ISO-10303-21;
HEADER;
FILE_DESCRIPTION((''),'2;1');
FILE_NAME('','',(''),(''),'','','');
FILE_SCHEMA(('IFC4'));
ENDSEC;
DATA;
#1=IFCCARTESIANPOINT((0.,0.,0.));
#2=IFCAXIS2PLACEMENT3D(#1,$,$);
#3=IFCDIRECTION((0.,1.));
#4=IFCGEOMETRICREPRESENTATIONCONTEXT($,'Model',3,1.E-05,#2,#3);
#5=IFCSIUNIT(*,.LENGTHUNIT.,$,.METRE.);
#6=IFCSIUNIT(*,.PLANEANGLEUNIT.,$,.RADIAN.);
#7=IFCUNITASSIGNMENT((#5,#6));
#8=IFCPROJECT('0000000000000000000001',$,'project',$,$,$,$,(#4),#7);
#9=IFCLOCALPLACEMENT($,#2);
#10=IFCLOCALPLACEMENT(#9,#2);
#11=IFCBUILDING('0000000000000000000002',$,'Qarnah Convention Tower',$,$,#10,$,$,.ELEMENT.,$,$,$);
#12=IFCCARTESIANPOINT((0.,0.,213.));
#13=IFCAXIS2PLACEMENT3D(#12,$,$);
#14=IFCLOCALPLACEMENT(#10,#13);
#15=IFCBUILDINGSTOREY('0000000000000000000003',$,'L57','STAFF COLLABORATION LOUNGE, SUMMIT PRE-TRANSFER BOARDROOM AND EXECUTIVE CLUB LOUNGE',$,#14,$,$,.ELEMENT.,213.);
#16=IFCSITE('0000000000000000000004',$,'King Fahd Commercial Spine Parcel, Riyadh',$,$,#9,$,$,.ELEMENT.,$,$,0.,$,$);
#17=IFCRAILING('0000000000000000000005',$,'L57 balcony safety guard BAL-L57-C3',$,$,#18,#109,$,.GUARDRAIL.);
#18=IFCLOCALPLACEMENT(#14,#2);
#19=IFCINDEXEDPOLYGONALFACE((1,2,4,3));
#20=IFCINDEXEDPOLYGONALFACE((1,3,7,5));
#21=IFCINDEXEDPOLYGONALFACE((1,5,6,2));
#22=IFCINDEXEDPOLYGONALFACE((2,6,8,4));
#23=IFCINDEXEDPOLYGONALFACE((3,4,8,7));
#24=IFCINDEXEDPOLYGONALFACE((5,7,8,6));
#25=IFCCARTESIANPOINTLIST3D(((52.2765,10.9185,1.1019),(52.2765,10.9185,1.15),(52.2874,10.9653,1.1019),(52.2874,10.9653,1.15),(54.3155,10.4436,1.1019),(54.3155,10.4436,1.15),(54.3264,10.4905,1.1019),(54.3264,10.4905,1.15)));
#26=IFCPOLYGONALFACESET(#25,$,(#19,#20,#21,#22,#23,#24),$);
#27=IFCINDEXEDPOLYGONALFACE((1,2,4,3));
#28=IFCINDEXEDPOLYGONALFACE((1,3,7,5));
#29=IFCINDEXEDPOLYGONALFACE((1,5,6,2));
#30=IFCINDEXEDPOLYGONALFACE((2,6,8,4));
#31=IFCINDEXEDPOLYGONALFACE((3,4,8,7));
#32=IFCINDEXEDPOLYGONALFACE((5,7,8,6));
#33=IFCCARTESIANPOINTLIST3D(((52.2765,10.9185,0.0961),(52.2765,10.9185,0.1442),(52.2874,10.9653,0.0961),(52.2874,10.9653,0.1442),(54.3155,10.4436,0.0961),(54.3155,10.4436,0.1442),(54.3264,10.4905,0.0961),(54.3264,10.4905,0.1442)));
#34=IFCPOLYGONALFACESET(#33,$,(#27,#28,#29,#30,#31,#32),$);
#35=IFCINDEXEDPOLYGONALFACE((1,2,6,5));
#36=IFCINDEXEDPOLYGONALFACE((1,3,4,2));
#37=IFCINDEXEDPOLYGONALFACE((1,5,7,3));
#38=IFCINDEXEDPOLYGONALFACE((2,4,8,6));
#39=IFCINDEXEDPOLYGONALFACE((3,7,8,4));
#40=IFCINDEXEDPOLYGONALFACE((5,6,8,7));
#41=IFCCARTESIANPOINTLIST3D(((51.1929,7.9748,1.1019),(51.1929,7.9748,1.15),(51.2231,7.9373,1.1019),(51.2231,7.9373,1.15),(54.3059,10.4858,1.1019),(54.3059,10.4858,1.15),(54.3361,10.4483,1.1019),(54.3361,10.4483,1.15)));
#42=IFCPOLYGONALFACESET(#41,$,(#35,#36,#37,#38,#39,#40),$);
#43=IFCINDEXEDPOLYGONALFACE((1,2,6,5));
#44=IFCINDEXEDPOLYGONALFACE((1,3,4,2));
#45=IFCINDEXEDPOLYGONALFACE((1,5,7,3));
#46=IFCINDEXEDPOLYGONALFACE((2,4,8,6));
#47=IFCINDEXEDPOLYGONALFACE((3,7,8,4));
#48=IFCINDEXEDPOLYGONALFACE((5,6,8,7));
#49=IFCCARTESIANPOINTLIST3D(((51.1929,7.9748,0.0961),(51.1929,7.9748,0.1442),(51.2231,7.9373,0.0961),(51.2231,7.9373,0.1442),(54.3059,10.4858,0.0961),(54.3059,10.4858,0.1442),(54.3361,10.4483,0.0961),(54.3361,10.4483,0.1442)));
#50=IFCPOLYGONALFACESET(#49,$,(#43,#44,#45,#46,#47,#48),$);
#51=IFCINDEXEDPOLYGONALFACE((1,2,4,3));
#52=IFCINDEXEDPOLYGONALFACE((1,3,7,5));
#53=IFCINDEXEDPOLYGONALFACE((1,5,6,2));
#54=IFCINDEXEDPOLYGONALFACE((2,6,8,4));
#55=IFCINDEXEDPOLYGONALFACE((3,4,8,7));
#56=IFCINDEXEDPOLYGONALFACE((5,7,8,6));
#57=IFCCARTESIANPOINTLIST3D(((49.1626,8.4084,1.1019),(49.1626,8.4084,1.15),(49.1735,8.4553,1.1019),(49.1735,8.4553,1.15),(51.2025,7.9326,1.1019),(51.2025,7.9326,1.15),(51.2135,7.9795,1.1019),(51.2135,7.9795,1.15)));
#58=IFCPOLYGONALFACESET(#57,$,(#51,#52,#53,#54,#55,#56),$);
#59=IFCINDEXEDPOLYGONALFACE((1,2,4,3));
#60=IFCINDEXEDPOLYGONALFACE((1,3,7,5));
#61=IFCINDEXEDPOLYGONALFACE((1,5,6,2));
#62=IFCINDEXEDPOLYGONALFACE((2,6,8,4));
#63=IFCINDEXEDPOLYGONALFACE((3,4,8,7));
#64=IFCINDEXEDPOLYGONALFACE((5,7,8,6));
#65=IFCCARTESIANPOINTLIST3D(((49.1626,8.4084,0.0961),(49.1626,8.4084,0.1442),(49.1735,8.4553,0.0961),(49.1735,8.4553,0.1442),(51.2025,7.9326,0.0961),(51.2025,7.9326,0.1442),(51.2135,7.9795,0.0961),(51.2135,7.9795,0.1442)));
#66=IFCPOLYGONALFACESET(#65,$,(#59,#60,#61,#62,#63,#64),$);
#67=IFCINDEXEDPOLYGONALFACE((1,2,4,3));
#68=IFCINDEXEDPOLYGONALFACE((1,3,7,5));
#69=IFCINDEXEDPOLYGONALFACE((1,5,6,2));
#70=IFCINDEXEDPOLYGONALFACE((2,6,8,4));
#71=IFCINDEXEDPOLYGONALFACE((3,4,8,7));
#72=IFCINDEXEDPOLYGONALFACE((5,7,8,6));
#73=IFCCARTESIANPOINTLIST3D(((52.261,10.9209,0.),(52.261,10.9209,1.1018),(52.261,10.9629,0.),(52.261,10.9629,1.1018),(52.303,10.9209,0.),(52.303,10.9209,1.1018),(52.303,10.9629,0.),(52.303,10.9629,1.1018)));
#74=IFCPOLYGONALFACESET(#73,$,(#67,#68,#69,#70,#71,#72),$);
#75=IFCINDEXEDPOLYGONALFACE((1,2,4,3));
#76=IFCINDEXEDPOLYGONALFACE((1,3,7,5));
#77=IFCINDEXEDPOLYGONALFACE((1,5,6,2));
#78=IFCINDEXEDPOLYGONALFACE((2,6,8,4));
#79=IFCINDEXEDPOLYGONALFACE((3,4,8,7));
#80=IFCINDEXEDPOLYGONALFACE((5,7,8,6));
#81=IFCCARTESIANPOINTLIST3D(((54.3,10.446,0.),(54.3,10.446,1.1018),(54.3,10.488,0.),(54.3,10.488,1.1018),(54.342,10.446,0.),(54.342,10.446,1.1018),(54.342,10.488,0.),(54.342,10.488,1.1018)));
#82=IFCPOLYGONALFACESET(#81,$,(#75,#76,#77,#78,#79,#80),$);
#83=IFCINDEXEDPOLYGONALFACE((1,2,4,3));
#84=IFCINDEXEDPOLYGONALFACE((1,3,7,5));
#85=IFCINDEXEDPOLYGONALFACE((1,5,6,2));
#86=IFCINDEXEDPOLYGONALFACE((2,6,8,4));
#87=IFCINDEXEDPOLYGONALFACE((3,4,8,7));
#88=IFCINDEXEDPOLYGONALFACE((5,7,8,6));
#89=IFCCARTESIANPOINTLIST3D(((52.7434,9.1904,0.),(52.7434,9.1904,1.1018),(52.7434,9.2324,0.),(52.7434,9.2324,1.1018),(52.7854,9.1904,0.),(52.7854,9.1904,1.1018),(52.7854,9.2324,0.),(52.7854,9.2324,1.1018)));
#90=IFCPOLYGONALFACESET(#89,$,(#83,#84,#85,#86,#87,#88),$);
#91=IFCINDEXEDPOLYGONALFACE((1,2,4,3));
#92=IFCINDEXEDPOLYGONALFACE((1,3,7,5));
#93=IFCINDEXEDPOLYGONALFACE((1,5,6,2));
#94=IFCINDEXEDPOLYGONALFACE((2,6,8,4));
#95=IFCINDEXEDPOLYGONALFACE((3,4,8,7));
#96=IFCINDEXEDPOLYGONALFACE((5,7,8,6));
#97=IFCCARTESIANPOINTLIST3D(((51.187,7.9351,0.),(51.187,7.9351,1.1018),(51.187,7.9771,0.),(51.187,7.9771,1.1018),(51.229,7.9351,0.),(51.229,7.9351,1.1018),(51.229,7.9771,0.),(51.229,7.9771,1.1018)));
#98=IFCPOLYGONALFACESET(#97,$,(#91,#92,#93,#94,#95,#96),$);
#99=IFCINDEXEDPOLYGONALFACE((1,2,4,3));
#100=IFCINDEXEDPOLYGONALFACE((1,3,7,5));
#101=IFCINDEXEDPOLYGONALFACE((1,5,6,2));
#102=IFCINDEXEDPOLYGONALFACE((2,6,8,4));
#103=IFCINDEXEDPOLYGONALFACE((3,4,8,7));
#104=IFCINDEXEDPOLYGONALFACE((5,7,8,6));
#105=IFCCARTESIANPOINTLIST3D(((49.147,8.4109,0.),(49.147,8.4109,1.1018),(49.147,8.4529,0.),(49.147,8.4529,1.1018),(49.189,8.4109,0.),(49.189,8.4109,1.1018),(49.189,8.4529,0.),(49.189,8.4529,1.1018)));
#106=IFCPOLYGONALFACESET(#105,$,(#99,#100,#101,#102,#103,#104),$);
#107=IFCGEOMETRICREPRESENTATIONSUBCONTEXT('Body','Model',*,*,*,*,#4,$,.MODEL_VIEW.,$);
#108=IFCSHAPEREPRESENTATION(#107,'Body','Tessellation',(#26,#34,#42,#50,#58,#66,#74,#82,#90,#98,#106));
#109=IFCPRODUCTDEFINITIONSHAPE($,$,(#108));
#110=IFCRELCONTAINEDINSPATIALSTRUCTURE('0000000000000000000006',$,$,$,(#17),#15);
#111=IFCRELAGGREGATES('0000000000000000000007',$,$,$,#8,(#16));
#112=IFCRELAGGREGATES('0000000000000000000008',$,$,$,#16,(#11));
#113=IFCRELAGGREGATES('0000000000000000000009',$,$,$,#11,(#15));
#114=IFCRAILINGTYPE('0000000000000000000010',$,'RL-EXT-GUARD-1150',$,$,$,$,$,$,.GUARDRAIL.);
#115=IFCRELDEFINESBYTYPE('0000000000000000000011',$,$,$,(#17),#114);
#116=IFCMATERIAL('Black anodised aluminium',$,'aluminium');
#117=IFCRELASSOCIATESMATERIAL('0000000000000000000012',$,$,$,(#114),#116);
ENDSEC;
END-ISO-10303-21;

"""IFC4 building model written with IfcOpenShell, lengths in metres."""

from ifc_helpers import new_model, si_unit, direction, frame, origin, origin_2d, place, context, subcontext, project, spatial, rectangle, extrude, material, type_object, element, save


model = new_model("IFC4")

# Units and contexts
model_context = context("Model", 3, precision=1e-05, world=origin(), true_north=direction((0.0, 1.0)))
body_context = subcontext(model_context, "Body", "Model", "MODEL_VIEW")
ifc_project = project(units=[si_unit("LENGTHUNIT", "METRE"), si_unit("PLANEANGLEUNIT", "RADIAN")], contexts=[model_context])

# Site, building, storey
site_placement = place(None, origin())
site = spatial("IfcSite", under=ifc_project, at=site_placement, Name="King Fahd Commercial Spine Parcel, Riyadh", CompositionType="ELEMENT", RefElevation=0.0)
building_placement = place(site_placement, origin())
building = spatial("IfcBuilding", under=site, at=building_placement, Name="Qarnah Convention Tower", CompositionType="ELEMENT")
storey_placement = place(building_placement, frame((0.0, 0.0, 213.0)))
storey = spatial("IfcBuildingStorey", under=building, at=storey_placement, Name="L57", Description="STAFF COLLABORATION LOUNGE, SUMMIT PRE-TRANSFER BOARDROOM AND EXECUTIVE CLUB LOUNGE", CompositionType="ELEMENT", Elevation=213.0)

# Shared definitions
ifc_material_1 = material(Name="Black anodised aluminium", Category="aluminium")

# Railing
railing_type = type_object("IfcRailingType", Name="RL-EXT-GUARD-1150", PredefinedType="GUARDRAIL", material=ifc_material_1)
railing_1_placement = place(storey_placement, frame((52.282, 10.9419, 0.0)))
element("IfcRailing", 1, at=railing_1_placement, inside=storey, type_object=railing_type, Name="L57 balcony safety guard BAL-L57-C3", PredefinedType="GUARDRAIL", context=body_context, shape_type="SweptSolid", body=[
    extrude(rectangle(XDim=0.0481, YDim=0.0481, at=origin_2d()), frame((0.0, 0.0, 1.126), z_axis=(0.973939, -0.226809, 0.0), x_axis=(0.226809, 0.973939, 0.0)), (0.0, 0.0, 1.0), 2.0935),
    extrude(rectangle(XDim=0.0481, YDim=0.0481, at=origin_2d()), frame((0.0, 0.0, 0.1201), z_axis=(0.973939, -0.226809, 0.0), x_axis=(0.226809, 0.973939, 0.0)), (0.0, 0.0, 1.0), 2.0935),
    extrude(rectangle(XDim=0.0481, YDim=0.0481, at=origin_2d()), frame((2.0391, -0.4749, 1.126), z_axis=(-0.778355, -0.627824, 0.0), x_axis=(0.627824, -0.778355, 0.0)), (0.0, 0.0, 1.0), 3.9995),
    extrude(rectangle(XDim=0.0481, YDim=0.0481, at=origin_2d()), frame((2.0391, -0.4749, 0.1201), z_axis=(-0.778355, -0.627824, 0.0), x_axis=(0.627824, -0.778355, 0.0)), (0.0, 0.0, 1.0), 3.9995),
    extrude(rectangle(XDim=0.0481, YDim=0.0481, at=origin_2d()), frame((-1.074, -2.9858, 1.126), z_axis=(-0.97386, 0.227149, 0.0), x_axis=(-0.227149, -0.97386, 0.0)), (0.0, 0.0, 1.0), 2.0947),
    extrude(rectangle(XDim=0.0481, YDim=0.0481, at=origin_2d()), frame((-1.074, -2.9858, 0.1201), z_axis=(-0.97386, 0.227149, 0.0), x_axis=(-0.227149, -0.97386, 0.0)), (0.0, 0.0, 1.0), 2.0947),
    extrude(rectangle(XDim=0.042, YDim=0.042, at=origin_2d()), origin(), (0.0, 0.0, 1.0), 1.1018),
    extrude(rectangle(XDim=0.042, YDim=0.042, at=origin_2d()), frame((2.0391, -0.4749, 0.0)), (0.0, 0.0, 1.0), 1.1018),
    extrude(rectangle(XDim=0.042, YDim=0.042, at=origin_2d()), frame((0.4824, -1.7305, 0.0)), (0.0, 0.0, 1.0), 1.1018),
    extrude(rectangle(XDim=0.042, YDim=0.042, at=origin_2d()), frame((-1.074, -2.9858, 0.0)), (0.0, 0.0, 1.0), 1.1018),
    extrude(rectangle(XDim=0.042, YDim=0.042, at=origin_2d()), frame((-3.114, -2.51, 0.0)), (0.0, 0.0, 1.0), 1.1018),
])

save(model, "model.ifc")
